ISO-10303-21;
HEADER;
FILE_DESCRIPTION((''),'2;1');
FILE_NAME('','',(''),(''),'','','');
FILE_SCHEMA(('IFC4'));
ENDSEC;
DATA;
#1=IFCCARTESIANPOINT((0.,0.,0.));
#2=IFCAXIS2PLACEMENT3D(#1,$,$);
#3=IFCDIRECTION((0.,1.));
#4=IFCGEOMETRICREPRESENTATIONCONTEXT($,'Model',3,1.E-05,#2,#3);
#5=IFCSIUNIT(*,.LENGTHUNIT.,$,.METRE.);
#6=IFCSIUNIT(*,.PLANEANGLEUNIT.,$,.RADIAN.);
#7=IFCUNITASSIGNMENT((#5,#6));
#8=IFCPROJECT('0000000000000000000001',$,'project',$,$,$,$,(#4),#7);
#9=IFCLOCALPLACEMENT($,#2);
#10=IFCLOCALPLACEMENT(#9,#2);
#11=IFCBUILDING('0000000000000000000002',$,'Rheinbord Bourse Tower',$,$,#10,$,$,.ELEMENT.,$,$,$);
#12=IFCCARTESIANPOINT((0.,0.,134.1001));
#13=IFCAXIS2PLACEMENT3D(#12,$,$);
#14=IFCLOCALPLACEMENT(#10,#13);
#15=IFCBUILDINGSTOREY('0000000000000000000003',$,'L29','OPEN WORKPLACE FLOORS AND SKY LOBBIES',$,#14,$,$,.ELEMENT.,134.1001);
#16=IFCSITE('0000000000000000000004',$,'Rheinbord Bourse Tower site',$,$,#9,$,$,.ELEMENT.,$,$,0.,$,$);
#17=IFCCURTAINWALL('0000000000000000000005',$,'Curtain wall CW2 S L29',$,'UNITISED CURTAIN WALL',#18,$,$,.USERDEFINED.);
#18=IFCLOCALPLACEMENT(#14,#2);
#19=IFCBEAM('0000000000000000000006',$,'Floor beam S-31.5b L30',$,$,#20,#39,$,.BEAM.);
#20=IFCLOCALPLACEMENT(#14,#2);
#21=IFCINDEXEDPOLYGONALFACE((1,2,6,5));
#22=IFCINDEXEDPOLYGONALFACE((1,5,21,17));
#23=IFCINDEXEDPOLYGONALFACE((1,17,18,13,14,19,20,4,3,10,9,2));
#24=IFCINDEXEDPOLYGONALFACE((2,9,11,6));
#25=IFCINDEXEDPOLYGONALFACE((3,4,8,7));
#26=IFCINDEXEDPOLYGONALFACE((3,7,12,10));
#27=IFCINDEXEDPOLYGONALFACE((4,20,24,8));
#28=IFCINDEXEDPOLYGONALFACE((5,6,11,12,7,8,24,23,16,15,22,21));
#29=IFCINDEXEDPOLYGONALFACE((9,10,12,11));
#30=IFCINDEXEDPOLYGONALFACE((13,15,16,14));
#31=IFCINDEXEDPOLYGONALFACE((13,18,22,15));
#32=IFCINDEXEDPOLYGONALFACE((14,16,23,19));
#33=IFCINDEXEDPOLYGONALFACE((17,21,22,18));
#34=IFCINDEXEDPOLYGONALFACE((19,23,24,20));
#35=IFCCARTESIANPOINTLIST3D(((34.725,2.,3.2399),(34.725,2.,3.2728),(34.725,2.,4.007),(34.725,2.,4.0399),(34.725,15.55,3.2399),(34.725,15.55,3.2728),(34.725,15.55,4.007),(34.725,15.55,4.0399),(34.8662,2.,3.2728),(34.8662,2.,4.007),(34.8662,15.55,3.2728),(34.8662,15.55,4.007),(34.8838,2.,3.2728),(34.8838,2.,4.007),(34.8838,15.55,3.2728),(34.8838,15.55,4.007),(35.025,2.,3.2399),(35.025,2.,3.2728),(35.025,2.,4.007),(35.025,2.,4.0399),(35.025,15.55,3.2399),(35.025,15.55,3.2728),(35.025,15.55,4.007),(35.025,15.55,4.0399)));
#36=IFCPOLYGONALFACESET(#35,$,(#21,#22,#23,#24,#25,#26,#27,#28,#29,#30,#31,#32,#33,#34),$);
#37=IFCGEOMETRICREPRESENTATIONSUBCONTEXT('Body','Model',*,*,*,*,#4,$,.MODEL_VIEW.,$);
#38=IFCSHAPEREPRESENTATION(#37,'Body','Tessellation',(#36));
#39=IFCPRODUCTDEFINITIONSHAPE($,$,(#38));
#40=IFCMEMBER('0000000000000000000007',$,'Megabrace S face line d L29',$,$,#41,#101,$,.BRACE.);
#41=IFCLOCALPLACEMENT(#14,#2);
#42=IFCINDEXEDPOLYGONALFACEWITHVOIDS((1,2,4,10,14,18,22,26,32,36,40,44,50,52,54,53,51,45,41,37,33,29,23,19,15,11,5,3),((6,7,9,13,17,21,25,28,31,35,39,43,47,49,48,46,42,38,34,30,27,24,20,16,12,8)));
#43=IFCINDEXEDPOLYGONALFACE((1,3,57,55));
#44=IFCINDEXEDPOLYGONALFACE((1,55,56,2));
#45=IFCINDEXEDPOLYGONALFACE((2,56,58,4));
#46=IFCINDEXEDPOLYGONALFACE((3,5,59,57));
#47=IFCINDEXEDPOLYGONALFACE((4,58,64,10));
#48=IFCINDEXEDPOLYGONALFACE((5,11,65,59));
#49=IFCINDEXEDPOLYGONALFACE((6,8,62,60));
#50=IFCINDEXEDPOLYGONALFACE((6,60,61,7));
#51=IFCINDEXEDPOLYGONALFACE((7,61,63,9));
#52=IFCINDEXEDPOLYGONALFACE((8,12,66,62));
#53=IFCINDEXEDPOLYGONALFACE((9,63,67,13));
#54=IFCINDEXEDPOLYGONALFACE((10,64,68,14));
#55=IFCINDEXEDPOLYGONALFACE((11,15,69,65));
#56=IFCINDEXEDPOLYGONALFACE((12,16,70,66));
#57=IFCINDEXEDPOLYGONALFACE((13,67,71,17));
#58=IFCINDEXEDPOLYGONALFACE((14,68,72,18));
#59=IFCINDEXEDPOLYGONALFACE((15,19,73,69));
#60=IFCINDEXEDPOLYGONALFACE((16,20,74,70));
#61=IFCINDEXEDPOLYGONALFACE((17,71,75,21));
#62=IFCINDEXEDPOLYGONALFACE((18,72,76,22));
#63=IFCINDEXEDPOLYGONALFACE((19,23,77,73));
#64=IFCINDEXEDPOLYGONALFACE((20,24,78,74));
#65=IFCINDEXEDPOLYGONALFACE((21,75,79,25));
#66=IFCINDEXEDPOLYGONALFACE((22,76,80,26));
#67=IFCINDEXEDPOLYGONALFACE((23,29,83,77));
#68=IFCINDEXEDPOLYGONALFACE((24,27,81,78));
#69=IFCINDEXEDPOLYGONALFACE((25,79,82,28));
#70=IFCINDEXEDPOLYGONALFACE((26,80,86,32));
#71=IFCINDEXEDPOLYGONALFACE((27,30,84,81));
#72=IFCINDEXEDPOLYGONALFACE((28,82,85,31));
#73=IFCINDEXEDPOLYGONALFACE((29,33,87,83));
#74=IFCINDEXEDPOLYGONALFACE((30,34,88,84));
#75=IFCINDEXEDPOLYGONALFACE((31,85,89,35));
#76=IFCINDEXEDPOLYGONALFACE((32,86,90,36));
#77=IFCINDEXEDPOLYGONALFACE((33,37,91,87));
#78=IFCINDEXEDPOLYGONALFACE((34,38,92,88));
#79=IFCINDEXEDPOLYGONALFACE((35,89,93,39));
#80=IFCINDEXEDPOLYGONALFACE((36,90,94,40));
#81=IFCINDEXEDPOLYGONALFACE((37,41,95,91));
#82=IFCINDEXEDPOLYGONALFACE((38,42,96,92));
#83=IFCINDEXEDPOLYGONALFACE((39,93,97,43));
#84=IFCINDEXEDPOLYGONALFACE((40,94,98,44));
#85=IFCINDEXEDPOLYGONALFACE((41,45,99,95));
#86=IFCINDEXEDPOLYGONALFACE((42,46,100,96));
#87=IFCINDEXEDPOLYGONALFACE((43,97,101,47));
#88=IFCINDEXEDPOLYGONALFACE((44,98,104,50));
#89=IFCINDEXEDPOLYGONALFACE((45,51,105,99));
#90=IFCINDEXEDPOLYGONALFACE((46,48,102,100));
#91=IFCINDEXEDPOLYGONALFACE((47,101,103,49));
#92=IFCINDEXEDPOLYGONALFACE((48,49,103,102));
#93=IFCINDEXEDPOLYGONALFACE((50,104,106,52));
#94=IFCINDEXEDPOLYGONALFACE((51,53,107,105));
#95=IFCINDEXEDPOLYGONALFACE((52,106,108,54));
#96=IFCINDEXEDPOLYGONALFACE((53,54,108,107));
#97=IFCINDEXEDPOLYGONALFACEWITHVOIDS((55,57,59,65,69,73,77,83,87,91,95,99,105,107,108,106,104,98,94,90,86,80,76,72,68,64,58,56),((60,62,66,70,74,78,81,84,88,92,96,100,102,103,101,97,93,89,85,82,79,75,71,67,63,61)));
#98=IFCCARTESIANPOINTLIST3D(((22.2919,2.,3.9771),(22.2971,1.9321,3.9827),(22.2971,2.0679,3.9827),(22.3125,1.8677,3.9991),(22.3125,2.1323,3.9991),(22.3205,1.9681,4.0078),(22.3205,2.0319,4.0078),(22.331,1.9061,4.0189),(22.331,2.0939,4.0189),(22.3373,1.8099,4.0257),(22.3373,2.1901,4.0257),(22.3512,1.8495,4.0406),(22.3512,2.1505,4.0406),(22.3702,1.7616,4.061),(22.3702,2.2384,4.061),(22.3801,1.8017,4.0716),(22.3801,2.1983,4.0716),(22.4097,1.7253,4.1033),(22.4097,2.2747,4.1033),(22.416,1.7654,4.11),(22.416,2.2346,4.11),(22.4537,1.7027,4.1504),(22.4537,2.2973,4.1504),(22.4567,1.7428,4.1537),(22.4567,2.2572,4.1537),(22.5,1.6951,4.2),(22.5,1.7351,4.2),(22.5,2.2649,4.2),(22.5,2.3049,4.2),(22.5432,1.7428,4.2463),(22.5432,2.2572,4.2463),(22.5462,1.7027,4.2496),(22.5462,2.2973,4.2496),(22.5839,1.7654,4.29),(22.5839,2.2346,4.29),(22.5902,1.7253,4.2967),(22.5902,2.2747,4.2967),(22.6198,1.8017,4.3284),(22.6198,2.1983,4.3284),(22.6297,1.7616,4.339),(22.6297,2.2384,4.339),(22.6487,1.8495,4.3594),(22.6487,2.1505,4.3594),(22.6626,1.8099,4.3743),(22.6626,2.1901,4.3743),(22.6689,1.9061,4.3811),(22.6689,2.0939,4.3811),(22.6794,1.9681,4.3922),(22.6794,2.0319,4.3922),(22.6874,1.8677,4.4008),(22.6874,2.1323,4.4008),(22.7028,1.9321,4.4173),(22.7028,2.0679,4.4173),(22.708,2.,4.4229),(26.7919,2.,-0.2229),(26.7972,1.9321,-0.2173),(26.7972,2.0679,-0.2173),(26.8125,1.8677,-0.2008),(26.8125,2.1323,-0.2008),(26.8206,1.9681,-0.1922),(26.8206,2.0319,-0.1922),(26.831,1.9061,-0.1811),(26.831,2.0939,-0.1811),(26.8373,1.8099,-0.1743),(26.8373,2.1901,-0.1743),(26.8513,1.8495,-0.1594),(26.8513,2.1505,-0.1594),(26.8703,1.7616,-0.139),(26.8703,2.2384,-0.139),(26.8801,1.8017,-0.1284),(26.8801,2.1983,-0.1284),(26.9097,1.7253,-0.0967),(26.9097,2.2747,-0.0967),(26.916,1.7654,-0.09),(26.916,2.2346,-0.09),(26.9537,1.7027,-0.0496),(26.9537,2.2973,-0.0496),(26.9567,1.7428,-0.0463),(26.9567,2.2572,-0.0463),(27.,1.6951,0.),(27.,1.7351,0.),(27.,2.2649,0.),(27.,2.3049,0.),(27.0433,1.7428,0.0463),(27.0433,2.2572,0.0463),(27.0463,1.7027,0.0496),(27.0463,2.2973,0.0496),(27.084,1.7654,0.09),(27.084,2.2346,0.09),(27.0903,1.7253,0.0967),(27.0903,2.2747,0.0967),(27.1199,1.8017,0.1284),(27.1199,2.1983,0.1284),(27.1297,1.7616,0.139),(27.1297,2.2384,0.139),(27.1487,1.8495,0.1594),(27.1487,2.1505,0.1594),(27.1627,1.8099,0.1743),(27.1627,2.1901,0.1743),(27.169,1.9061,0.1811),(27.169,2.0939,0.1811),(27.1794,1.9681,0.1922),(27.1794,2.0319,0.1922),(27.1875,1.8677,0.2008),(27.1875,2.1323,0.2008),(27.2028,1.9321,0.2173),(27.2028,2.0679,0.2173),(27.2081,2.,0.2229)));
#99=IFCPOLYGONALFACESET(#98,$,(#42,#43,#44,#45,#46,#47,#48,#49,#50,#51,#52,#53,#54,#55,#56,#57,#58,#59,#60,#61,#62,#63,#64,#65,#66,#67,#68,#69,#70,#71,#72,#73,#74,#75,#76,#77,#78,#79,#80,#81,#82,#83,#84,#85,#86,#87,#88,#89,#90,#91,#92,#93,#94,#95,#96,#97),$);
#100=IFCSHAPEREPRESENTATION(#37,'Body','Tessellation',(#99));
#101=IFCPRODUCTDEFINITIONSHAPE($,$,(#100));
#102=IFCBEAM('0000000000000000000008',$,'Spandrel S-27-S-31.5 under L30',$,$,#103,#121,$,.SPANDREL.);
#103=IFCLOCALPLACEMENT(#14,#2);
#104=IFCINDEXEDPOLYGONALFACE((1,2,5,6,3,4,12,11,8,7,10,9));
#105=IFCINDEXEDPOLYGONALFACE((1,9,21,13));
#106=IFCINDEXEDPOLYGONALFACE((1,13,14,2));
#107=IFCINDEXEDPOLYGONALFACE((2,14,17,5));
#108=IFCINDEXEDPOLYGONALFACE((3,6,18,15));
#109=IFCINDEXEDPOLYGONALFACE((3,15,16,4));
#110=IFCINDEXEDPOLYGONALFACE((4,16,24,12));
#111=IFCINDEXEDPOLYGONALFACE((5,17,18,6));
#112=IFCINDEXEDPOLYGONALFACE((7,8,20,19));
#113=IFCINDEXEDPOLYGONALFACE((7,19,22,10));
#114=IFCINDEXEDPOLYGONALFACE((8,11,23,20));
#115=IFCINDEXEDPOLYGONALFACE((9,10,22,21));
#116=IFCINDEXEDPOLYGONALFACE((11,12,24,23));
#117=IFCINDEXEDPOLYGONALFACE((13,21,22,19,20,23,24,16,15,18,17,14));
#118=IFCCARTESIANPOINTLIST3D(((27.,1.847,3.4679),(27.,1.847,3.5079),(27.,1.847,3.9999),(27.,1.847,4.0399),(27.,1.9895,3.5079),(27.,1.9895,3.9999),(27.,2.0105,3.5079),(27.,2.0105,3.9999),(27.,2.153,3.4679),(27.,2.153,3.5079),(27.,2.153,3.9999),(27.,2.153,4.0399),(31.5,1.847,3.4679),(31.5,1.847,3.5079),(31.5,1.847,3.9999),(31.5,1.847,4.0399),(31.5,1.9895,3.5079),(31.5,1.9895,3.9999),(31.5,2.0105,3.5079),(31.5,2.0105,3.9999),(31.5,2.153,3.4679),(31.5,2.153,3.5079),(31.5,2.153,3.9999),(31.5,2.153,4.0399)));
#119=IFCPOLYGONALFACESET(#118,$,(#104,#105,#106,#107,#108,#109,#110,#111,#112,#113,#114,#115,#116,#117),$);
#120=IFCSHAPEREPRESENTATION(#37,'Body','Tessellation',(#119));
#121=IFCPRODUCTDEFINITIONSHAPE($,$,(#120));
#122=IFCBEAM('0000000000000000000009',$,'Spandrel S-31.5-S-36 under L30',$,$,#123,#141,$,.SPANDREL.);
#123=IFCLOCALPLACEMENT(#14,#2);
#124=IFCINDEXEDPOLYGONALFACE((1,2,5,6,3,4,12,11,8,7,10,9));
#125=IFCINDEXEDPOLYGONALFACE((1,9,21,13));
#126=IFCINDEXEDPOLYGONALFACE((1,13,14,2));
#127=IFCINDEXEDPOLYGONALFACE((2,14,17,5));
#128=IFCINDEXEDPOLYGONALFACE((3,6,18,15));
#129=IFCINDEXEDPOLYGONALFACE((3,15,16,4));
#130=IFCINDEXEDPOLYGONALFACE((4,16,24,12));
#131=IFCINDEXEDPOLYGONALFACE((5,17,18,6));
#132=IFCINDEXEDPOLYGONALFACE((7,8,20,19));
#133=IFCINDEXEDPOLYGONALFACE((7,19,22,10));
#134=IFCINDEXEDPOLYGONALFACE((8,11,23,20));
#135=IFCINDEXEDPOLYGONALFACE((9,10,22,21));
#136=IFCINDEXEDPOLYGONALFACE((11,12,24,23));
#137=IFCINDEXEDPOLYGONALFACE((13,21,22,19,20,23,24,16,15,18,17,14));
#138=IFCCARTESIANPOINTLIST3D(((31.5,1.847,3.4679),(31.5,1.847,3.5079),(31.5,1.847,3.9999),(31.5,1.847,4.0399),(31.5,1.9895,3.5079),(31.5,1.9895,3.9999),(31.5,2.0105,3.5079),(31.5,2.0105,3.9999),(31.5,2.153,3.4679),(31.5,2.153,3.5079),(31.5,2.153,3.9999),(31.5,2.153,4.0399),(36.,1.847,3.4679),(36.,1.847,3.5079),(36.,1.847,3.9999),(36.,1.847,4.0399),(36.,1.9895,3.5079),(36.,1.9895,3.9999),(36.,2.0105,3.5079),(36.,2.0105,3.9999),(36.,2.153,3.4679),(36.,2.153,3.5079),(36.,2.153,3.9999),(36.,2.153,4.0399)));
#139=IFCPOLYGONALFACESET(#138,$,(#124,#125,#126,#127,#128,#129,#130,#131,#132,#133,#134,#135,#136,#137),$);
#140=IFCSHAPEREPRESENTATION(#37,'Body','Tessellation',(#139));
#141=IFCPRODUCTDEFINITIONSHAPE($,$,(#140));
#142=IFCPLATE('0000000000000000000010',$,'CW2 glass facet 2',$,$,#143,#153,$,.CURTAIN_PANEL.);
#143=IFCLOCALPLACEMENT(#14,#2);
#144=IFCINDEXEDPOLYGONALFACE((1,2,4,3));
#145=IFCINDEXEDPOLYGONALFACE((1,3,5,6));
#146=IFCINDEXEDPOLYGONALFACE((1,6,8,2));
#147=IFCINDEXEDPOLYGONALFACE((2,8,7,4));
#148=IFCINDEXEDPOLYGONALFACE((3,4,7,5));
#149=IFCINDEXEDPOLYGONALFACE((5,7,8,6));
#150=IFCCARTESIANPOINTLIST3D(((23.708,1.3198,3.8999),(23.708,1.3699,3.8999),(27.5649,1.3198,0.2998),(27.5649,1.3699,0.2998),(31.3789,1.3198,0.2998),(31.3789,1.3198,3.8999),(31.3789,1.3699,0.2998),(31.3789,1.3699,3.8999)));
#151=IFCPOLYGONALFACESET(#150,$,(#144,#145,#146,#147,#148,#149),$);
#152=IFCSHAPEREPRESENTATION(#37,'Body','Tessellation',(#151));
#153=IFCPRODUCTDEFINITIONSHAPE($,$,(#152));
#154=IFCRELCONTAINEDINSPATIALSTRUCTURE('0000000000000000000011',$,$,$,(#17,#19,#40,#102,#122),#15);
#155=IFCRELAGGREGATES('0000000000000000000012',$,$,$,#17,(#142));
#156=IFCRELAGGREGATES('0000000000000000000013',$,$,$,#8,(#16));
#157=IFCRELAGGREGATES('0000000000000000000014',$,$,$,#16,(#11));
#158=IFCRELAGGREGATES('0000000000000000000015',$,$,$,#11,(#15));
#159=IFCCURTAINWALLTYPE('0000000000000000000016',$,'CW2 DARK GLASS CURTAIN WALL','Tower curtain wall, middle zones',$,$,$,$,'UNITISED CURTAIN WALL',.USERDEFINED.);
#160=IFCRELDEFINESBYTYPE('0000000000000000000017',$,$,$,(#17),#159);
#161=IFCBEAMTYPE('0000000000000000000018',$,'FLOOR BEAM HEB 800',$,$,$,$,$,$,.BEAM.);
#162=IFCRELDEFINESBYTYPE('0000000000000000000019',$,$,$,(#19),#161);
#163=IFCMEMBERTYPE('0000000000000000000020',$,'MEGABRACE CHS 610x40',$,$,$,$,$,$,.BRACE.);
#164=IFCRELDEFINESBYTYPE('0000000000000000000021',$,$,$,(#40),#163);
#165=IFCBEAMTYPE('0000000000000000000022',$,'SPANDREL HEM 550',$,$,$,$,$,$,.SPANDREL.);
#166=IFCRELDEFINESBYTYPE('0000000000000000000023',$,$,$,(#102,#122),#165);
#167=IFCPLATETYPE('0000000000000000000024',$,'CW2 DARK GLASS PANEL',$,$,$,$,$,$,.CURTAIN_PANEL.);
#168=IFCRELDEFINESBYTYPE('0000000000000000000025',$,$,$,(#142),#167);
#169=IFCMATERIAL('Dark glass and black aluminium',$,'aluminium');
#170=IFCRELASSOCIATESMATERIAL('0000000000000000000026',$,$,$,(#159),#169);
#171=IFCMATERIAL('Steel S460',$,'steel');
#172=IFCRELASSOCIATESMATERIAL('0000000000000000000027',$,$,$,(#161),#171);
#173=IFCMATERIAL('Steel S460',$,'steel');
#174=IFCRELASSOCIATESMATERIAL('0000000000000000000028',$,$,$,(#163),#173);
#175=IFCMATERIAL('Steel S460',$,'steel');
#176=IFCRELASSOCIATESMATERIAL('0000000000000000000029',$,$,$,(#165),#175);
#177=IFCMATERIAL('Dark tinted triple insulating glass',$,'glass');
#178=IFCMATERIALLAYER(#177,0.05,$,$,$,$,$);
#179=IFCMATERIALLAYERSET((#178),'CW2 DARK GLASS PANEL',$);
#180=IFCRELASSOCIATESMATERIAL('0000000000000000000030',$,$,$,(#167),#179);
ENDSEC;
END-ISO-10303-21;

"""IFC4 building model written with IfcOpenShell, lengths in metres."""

from ifc_helpers import new_model, si_unit, direction, frame, origin, origin_2d, place, context, subcontext, project, spatial, polyline, hollow_circle, i_section, outline, extrude, material, layer, layer_set, material_profile, profile_set, type_object, element, aggregate, save


model = new_model("IFC4")

# Units and contexts
model_context = context("Model", 3, precision=1e-05, world=origin(), true_north=direction((0.0, 1.0)))
body_context = subcontext(model_context, "Body", "Model", "MODEL_VIEW")
ifc_project = project(units=[si_unit("LENGTHUNIT", "METRE"), si_unit("PLANEANGLEUNIT", "RADIAN")], contexts=[model_context])

# Site, building, storey
site_placement = place(None, origin())
site = spatial("IfcSite", under=ifc_project, at=site_placement, Name="Rheinbord Bourse Tower site", CompositionType="ELEMENT", RefElevation=0.0)
building_placement = place(site_placement, origin())
building = spatial("IfcBuilding", under=site, at=building_placement, Name="Rheinbord Bourse Tower", CompositionType="ELEMENT")
storey_placement = place(building_placement, frame((0.0, 0.0, 134.1001)))
storey = spatial("IfcBuildingStorey", under=building, at=storey_placement, Name="L29", Description="OPEN WORKPLACE FLOORS AND SKY LOBBIES", CompositionType="ELEMENT", Elevation=134.1001)

# Curtain wall
ifc_material_1 = material(Name="Dark glass and black aluminium", Category="aluminium")
curtain_wall_type = type_object("IfcCurtainWallType", Name="CW2 DARK GLASS CURTAIN WALL", Description="Tower curtain wall, middle zones", ElementType="UNITISED CURTAIN WALL", PredefinedType="USERDEFINED", material=ifc_material_1)
curtain_wall_placement = place(storey_placement, origin())
curtain_wall = element("IfcCurtainWall", 1, at=curtain_wall_placement, inside=storey, type_object=curtain_wall_type, Name="Curtain wall CW2 S L29", ObjectType="UNITISED CURTAIN WALL", PredefinedType="USERDEFINED")

# Beam
ifc_material_2 = material(Name="Steel S460", Category="steel")
ifc_material_profile_1 = material_profile(ifc_material_2, i_section(OverallWidth=0.3, OverallDepth=0.8, WebThickness=0.0176, FlangeThickness=0.033, at=origin_2d()), Name="HEB 800")
ifc_profile_set_1 = profile_set([ifc_material_profile_1], Name="Steel S460")
beam_type_1 = type_object("IfcBeamType", Name="FLOOR BEAM HEB 800", PredefinedType="BEAM", material=ifc_profile_set_1)
for number, where, z_axis, x_axis, name in (
    (2, (34.875, 2.0, 3.6399), (0.0, 1.0, 0.0), (-1.0, 0.0, 0.0), "Floor beam S-31.5b L30"),
):
    element("IfcBeam", number, at=place(storey_placement, frame(where, z_axis=z_axis, x_axis=x_axis)), inside=storey, type_object=beam_type_1, Name=name, PredefinedType="BEAM", context=body_context, shape_type="SweptSolid", body=[
        extrude(i_section(OverallWidth=0.3, OverallDepth=0.8, WebThickness=0.0176, FlangeThickness=0.033, at=origin_2d()), origin(), (0.0, 0.0, 1.0), 13.55),
    ])

# Member
ifc_material_3 = material(Name="Steel S460", Category="steel")
ifc_material_profile_2 = material_profile(ifc_material_3, hollow_circle(Radius=0.3049, WallThickness=0.04, at=origin_2d()), Name="CHS 610x40")
ifc_profile_set_2 = profile_set([ifc_material_profile_2], Name="Steel S460")
member_type_1 = type_object("IfcMemberType", Name="MEGABRACE CHS 610x40", PredefinedType="BRACE", material=ifc_profile_set_2)
member_1_placement = place(storey_placement, frame((27.0, 2.0, 0.0), z_axis=(-0.731059, 0.0, 0.682314), x_axis=(0.0, -1.0, 0.0)))
element("IfcMember", 3, at=member_1_placement, inside=storey, type_object=member_type_1, Name="Megabrace S face line d L29", PredefinedType="BRACE", context=body_context, shape_type="SweptSolid", body=[
    extrude(hollow_circle(Radius=0.3049, WallThickness=0.04, at=origin_2d()), origin(), (0.0, 0.0, 1.0), 6.1555),
])

# Beams
ifc_material_4 = material(Name="Steel S460", Category="steel")
ifc_material_profile_3 = material_profile(ifc_material_4, i_section(OverallWidth=0.3059, OverallDepth=0.572, WebThickness=0.021, FlangeThickness=0.04, at=origin_2d()), Name="HEM 550")
ifc_profile_set_3 = profile_set([ifc_material_profile_3], Name="Steel S460")
beam_type_2 = type_object("IfcBeamType", Name="SPANDREL HEM 550", PredefinedType="SPANDREL", material=ifc_profile_set_3)
for number, where, z_axis, x_axis, name in (
    (4, (27.0, 2.0, 3.7539), (1.0, 0.0, 0.0), (0.0, 1.0, 0.0), "Spandrel S-27-S-31.5 under L30"),
    (5, (31.5, 2.0, 3.7539), (1.0, 0.0, 0.0), (0.0, 1.0, 0.0), "Spandrel S-31.5-S-36 under L30"),
):
    element("IfcBeam", number, at=place(storey_placement, frame(where, z_axis=z_axis, x_axis=x_axis)), inside=storey, type_object=beam_type_2, Name=name, PredefinedType="SPANDREL", context=body_context, shape_type="SweptSolid", body=[
        extrude(i_section(OverallWidth=0.3059, OverallDepth=0.572, WebThickness=0.021, FlangeThickness=0.04, at=origin_2d()), origin(), (0.0, 0.0, 1.0), 4.5),
    ])

# Plate
ifc_material_5 = material(Name="Dark tinted triple insulating glass", Category="glass")
ifc_layer = layer(ifc_material_5, 0.05)
ifc_layer_set = layer_set([ifc_layer], Name="CW2 DARK GLASS PANEL")
plate_type = type_object("IfcPlateType", Name="CW2 DARK GLASS PANEL", PredefinedType="CURTAIN_PANEL", material=ifc_layer_set)
plate_placement = place(storey_placement, frame((31.3789, 1.3198, 3.8999), z_axis=(0.0, 1.0, 0.0), x_axis=(0.0, 0.0, -1.0)))
plate = element("IfcPlate", 6, at=plate_placement, type_object=plate_type, Name="CW2 glass facet 2", PredefinedType="CURTAIN_PANEL", context=body_context, shape_type="SweptSolid", body=[
    extrude(outline(polyline([(0.0, 0.0), (3.6001, 0.0), (3.6001, 3.814), (0.0, 7.6709), (0.0, 0.0)])), origin(), (0.0, 0.0, 1.0), 0.05),
])
aggregate(curtain_wall, [plate])

save(model, "model.ifc")
